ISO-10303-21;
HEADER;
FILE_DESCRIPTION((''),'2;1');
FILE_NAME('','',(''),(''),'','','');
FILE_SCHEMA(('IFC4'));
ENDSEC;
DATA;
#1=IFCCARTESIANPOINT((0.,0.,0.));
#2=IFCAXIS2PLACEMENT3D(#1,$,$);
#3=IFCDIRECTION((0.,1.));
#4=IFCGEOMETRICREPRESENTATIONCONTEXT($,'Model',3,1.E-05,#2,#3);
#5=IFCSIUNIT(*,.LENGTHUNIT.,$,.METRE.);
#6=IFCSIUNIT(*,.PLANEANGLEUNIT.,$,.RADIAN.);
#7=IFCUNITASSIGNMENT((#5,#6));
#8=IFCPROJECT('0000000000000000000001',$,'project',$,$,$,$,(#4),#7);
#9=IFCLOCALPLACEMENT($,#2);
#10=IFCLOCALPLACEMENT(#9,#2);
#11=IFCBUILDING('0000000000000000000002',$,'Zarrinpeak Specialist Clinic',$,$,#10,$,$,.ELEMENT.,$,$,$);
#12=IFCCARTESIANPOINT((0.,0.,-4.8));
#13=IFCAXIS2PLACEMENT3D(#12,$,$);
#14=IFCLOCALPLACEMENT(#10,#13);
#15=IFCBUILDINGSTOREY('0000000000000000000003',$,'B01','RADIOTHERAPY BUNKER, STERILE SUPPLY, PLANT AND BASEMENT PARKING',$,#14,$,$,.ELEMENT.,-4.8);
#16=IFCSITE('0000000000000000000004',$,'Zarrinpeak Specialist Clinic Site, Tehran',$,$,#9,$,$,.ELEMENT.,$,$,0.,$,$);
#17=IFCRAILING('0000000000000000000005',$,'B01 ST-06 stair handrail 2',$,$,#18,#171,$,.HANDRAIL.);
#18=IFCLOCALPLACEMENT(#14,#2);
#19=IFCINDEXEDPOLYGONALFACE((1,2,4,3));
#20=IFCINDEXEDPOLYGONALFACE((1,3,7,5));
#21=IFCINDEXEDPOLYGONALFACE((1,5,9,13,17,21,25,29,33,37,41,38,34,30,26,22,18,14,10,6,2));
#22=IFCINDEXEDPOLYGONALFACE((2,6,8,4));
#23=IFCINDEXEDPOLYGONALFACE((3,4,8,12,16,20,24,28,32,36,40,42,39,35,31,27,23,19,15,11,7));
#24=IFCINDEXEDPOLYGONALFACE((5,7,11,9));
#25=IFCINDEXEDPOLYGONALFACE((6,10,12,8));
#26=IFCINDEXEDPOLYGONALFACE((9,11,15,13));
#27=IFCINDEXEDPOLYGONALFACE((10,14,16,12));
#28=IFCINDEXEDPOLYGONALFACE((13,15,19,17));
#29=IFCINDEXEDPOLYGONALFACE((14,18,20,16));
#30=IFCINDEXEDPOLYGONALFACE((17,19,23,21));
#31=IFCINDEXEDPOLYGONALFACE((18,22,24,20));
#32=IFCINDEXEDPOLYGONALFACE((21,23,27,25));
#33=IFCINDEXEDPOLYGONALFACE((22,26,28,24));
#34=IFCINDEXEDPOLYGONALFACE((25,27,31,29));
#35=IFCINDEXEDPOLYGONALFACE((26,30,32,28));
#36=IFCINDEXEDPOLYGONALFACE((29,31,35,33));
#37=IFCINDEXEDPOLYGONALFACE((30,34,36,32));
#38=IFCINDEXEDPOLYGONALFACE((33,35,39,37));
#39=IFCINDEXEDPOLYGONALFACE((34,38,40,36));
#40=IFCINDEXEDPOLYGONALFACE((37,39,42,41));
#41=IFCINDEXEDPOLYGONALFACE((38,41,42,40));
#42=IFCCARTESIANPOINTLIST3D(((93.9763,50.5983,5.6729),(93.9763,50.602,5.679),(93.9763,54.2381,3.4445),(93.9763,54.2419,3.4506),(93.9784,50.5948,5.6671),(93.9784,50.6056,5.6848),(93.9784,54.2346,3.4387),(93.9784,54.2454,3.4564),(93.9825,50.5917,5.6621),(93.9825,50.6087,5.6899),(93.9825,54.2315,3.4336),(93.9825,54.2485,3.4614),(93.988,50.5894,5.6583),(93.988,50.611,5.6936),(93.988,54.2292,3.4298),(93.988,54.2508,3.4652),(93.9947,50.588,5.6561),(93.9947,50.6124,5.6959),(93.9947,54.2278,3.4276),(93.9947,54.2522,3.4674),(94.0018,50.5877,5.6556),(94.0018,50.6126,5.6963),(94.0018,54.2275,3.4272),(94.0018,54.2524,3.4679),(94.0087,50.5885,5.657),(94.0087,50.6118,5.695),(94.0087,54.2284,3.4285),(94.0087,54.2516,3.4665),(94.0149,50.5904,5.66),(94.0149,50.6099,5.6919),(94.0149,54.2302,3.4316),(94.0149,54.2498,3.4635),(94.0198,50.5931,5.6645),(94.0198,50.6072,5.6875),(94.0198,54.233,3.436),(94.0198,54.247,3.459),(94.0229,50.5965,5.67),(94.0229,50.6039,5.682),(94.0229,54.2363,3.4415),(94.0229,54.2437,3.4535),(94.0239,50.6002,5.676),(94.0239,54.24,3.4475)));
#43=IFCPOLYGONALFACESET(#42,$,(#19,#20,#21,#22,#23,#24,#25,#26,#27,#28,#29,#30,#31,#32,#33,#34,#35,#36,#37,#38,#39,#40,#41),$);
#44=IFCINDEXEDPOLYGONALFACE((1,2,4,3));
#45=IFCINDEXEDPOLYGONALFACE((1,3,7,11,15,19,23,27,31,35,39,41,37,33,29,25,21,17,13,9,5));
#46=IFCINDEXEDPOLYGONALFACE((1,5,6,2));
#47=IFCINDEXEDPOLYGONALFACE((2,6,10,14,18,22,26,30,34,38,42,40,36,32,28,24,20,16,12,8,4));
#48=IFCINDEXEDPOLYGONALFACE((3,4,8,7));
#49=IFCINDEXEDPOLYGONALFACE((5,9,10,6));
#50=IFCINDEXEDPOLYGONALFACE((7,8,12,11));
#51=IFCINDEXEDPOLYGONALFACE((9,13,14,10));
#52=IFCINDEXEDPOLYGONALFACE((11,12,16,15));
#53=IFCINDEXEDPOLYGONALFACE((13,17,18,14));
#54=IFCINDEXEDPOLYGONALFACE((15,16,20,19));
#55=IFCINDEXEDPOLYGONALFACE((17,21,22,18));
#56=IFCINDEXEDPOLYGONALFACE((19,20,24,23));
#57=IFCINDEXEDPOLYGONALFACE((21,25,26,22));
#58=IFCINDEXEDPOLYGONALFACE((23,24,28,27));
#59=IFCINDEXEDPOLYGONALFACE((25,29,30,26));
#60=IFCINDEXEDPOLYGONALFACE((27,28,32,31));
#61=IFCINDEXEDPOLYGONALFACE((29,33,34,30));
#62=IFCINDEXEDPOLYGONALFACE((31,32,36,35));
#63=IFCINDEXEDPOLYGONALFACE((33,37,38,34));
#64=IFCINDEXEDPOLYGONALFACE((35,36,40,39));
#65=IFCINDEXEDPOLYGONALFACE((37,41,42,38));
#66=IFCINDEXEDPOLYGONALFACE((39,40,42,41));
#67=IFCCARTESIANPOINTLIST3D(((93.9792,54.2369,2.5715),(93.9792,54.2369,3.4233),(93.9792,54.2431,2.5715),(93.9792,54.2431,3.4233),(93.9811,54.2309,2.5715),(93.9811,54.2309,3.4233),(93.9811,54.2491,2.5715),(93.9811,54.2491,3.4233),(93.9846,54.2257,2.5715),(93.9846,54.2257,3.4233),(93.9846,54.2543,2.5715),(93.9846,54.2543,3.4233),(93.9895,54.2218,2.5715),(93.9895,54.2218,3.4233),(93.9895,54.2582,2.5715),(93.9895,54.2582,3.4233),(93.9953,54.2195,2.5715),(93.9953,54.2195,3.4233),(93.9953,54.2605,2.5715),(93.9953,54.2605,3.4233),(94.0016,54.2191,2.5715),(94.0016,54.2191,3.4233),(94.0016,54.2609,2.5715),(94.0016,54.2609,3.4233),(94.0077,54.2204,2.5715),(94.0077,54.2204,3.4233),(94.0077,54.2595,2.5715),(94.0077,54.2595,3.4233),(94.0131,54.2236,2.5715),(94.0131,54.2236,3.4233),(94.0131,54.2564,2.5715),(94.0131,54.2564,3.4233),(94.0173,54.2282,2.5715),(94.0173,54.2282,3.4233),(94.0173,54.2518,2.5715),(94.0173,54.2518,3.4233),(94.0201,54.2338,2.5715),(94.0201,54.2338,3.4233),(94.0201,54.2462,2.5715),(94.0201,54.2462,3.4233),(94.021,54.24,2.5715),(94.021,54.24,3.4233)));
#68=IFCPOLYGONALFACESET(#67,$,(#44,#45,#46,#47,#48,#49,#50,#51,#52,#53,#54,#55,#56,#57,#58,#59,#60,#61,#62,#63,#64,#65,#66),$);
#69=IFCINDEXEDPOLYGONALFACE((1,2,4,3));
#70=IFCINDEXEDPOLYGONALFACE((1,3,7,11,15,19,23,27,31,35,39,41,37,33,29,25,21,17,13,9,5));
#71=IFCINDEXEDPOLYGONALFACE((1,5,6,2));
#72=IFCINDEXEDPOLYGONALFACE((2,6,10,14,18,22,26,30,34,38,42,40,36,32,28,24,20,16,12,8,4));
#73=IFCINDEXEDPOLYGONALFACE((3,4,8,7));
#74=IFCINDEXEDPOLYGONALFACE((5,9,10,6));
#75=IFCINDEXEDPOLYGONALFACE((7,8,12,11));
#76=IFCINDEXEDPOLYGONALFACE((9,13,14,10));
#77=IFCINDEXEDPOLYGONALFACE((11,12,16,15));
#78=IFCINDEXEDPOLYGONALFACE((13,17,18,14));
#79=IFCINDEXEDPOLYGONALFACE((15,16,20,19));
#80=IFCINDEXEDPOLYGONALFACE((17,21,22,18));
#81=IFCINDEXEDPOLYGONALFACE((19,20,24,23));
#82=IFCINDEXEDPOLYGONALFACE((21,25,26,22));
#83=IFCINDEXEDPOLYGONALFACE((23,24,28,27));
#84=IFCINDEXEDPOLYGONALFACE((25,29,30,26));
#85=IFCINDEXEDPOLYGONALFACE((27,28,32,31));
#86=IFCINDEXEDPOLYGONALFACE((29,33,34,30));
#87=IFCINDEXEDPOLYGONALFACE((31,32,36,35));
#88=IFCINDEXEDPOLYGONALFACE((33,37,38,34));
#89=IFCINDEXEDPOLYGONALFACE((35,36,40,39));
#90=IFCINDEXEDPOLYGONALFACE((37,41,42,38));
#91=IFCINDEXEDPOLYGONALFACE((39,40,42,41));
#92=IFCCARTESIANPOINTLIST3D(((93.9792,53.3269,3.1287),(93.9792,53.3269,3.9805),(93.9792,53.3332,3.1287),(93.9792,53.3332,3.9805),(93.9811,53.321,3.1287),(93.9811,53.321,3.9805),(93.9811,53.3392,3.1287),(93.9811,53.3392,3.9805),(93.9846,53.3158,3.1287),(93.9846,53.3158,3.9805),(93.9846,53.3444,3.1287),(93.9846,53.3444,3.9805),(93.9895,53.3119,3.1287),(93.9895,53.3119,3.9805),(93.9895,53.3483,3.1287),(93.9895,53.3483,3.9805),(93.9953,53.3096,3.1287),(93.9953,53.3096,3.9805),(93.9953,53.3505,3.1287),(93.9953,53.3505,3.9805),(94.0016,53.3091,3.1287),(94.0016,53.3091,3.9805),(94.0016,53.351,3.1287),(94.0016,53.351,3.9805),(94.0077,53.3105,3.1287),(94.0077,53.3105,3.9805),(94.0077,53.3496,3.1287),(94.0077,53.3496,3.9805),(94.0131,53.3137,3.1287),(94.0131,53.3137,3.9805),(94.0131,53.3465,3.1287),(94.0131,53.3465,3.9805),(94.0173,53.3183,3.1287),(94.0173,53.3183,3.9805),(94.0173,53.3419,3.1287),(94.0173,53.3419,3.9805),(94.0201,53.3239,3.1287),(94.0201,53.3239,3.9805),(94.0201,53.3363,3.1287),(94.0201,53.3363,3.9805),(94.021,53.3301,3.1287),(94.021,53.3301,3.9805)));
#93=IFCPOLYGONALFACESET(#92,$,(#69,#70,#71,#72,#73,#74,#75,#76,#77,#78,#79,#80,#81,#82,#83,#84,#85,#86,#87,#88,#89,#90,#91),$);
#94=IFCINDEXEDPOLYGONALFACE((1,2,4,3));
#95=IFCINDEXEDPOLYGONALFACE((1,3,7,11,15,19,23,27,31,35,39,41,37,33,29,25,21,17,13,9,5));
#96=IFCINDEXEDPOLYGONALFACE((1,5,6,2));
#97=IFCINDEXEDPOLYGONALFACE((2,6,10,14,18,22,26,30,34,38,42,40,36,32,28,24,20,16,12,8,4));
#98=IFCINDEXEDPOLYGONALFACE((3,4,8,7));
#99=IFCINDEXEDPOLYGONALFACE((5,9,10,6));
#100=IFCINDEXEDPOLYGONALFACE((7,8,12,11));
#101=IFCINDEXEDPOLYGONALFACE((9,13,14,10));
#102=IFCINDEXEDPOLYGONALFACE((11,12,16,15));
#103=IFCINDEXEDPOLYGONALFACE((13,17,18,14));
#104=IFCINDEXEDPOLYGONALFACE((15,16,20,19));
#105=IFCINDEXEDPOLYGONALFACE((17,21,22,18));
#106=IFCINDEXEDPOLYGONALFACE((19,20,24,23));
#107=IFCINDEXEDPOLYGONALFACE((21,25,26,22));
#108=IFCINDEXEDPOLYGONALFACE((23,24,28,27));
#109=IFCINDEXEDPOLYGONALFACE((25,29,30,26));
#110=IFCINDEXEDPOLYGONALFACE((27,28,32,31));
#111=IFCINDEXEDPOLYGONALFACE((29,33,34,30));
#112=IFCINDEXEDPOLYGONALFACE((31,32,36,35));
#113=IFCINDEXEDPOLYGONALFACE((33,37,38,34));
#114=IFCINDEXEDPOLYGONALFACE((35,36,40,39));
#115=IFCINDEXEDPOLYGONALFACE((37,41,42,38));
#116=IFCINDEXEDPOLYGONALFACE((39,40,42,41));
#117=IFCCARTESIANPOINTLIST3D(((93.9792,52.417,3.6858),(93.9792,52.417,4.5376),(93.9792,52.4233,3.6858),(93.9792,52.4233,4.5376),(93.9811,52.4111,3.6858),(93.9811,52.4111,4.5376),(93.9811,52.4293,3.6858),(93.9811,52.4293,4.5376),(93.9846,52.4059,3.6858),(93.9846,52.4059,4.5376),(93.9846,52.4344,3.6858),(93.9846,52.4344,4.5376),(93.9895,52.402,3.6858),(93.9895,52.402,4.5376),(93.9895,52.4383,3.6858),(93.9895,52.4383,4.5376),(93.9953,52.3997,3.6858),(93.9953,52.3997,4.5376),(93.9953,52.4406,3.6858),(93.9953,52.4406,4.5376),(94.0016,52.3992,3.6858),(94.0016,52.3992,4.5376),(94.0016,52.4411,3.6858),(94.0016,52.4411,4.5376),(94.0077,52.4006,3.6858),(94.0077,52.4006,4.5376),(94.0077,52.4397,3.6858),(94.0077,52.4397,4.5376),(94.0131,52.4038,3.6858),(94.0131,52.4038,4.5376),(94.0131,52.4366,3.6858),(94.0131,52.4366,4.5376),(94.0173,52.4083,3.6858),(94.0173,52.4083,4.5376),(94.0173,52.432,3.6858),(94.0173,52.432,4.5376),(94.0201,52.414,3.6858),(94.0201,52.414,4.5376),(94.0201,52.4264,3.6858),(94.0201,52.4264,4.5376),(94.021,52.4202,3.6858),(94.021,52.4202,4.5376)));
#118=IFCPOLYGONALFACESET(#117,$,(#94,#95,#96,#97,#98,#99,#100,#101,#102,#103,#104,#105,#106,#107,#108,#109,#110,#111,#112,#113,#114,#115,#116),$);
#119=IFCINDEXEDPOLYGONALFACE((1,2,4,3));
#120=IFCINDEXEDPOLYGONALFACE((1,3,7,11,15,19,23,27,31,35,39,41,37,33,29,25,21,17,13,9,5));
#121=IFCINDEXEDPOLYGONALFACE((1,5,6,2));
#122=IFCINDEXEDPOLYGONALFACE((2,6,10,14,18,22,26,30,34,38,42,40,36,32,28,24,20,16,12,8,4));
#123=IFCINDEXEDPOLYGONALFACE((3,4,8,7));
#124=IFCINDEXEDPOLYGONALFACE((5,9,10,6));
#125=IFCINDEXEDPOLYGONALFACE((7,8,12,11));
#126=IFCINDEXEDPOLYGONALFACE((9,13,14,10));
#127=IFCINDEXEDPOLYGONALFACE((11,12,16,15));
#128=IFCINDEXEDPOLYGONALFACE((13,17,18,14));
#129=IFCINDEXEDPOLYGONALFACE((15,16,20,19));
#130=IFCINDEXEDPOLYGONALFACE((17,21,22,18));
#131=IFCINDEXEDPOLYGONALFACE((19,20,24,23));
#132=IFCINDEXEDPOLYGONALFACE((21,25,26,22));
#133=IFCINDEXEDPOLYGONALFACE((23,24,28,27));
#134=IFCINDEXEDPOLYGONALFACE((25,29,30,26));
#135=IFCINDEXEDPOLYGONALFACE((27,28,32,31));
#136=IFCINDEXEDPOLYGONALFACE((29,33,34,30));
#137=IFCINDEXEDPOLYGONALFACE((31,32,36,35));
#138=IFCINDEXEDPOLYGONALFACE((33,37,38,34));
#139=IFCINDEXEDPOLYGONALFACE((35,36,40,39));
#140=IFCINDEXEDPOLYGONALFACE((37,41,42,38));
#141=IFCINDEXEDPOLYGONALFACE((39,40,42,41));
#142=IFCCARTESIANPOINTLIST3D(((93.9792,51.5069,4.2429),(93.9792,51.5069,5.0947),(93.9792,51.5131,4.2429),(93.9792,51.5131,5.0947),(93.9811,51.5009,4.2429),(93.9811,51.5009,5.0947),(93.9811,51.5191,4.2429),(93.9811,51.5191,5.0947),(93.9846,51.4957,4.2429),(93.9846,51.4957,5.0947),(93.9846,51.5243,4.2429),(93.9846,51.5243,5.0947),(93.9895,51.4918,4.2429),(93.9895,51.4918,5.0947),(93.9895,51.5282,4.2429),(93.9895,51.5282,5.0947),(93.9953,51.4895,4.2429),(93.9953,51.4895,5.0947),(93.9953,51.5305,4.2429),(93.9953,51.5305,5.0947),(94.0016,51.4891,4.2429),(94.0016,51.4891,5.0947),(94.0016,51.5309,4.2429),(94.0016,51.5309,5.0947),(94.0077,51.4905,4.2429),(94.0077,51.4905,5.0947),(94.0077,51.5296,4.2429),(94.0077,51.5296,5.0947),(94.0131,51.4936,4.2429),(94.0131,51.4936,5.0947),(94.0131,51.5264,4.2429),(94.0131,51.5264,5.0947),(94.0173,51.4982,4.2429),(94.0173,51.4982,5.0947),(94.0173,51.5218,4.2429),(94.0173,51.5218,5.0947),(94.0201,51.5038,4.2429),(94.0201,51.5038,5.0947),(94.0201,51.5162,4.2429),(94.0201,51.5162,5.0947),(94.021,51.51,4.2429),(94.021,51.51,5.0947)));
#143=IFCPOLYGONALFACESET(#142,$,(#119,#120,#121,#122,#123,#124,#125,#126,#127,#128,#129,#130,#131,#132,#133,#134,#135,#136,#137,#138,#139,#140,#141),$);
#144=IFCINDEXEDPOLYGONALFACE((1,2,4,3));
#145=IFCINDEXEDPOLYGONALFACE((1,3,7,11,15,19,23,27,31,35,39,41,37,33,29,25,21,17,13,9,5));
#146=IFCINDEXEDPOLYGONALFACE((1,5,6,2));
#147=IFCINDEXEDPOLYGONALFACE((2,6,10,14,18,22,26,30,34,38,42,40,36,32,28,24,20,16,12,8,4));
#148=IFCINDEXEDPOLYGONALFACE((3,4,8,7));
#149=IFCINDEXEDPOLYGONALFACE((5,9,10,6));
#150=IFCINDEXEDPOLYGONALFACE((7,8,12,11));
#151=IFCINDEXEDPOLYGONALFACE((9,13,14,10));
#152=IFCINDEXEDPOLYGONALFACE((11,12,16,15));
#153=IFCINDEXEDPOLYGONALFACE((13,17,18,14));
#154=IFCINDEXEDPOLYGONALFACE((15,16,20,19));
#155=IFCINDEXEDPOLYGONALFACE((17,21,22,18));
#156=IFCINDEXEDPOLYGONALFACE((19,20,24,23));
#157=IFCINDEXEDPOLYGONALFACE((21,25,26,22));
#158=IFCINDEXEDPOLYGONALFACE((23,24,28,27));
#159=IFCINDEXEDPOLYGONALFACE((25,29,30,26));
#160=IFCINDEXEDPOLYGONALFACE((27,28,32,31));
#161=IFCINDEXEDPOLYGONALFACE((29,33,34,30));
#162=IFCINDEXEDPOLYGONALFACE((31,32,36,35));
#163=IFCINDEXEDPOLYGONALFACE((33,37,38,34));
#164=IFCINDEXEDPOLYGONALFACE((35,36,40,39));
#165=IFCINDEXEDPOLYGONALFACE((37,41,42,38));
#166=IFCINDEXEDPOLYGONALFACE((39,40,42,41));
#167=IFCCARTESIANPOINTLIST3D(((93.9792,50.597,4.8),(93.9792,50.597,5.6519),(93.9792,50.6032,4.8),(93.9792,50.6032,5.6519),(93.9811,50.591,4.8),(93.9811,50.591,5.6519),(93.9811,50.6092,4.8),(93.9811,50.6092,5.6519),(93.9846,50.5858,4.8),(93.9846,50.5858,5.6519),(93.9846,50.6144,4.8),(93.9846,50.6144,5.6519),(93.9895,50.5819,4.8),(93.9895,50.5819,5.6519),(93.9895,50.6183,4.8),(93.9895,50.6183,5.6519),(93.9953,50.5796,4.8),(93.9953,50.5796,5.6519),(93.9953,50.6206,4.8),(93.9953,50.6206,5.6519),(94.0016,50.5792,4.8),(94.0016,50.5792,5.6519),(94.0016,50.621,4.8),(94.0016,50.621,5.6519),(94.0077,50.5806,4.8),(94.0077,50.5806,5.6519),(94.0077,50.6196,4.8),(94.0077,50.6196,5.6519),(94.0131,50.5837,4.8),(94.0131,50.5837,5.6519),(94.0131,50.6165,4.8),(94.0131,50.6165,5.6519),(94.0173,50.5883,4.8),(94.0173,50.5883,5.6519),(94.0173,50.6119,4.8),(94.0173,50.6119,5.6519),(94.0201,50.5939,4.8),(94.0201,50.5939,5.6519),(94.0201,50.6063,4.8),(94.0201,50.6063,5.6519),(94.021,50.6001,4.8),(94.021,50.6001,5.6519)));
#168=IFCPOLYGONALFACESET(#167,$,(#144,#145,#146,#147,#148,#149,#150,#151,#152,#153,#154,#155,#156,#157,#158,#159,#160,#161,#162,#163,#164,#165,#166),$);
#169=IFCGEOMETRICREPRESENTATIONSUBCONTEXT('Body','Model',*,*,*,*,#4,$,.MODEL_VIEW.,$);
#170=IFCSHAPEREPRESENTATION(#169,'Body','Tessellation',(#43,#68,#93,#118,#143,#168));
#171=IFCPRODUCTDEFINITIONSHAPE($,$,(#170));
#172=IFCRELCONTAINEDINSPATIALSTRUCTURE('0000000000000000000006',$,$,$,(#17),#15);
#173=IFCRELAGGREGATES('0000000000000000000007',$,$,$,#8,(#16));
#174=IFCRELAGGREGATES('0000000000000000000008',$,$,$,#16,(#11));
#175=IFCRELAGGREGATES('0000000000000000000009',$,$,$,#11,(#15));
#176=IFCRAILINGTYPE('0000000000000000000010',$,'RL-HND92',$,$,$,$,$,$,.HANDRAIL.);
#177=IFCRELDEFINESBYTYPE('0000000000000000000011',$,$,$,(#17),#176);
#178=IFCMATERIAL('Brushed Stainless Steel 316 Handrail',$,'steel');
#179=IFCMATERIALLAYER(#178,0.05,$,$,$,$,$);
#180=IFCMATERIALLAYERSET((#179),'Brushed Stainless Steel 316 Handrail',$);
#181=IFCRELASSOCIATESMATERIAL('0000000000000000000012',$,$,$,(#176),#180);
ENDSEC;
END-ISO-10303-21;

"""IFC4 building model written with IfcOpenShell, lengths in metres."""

from ifc_helpers import new_model, si_unit, direction, frame, origin, origin_2d, place, context, subcontext, project, spatial, circle, extrude, material, layer, layer_set, type_object, element, save


model = new_model("IFC4")

# Units and contexts
model_context = context("Model", 3, precision=1e-05, world=origin(), true_north=direction((0.0, 1.0)))
body_context = subcontext(model_context, "Body", "Model", "MODEL_VIEW")
ifc_project = project(units=[si_unit("LENGTHUNIT", "METRE"), si_unit("PLANEANGLEUNIT", "RADIAN")], contexts=[model_context])

# Site, building, storey
site_placement = place(None, origin())
site = spatial("IfcSite", under=ifc_project, at=site_placement, Name="Zarrinpeak Specialist Clinic Site, Tehran", CompositionType="ELEMENT", RefElevation=0.0)
building_placement = place(site_placement, origin())
building = spatial("IfcBuilding", under=site, at=building_placement, Name="Zarrinpeak Specialist Clinic", CompositionType="ELEMENT")
storey_placement = place(building_placement, frame((0.0, 0.0, -4.8)))
storey = spatial("IfcBuildingStorey", under=building, at=storey_placement, Name="B01", Description="RADIOTHERAPY BUNKER, STERILE SUPPLY, PLANT AND BASEMENT PARKING", CompositionType="ELEMENT", Elevation=-4.8)

# Railing
ifc_material_1 = material(Name="Brushed Stainless Steel 316 Handrail", Category="steel")
ifc_layer_1 = layer(ifc_material_1, 0.05)
ifc_layer_set_1 = layer_set([ifc_layer_1], Name="Brushed Stainless Steel 316 Handrail")
railing_type_1 = type_object("IfcRailingType", Name="RL-HND92", PredefinedType="HANDRAIL", material=ifc_layer_set_1)
railing_1_placement = place(storey_placement, frame((94.0, 54.24, 2.5715)))
element("IfcRailing", 1, at=railing_1_placement, inside=storey, type_object=railing_type_1, Name="B01 ST-06 stair handrail 2", PredefinedType="HANDRAIL", context=body_context, shape_type="SweptSolid", body=[
    extrude(circle(Radius=0.0239, at=origin_2d()), frame((0.0, 0.0, 0.876), z_axis=(0.0, -0.85285, 0.522156), x_axis=(1.0, 0.0, 0.0)), (0.0, 0.0, 1.0), 4.2678),
    extrude(circle(Radius=0.021, at=origin_2d()), origin(), (0.0, 0.0, 1.0), 0.8518),
    extrude(circle(Radius=0.021, at=origin_2d()), frame((0.0, -0.9099, 0.5571)), (0.0, 0.0, 1.0), 0.8518),
    extrude(circle(Radius=0.021, at=origin_2d()), frame((0.0, -1.8198, 1.1143)), (0.0, 0.0, 1.0), 0.8518),
    extrude(circle(Radius=0.021, at=origin_2d()), frame((0.0, -2.73, 1.6714)), (0.0, 0.0, 1.0), 0.8518),
    extrude(circle(Radius=0.021, at=origin_2d()), frame((0.0, -3.6399, 2.2285)), (0.0, 0.0, 1.0), 0.8518),
])

save(model, "model.ifc")
